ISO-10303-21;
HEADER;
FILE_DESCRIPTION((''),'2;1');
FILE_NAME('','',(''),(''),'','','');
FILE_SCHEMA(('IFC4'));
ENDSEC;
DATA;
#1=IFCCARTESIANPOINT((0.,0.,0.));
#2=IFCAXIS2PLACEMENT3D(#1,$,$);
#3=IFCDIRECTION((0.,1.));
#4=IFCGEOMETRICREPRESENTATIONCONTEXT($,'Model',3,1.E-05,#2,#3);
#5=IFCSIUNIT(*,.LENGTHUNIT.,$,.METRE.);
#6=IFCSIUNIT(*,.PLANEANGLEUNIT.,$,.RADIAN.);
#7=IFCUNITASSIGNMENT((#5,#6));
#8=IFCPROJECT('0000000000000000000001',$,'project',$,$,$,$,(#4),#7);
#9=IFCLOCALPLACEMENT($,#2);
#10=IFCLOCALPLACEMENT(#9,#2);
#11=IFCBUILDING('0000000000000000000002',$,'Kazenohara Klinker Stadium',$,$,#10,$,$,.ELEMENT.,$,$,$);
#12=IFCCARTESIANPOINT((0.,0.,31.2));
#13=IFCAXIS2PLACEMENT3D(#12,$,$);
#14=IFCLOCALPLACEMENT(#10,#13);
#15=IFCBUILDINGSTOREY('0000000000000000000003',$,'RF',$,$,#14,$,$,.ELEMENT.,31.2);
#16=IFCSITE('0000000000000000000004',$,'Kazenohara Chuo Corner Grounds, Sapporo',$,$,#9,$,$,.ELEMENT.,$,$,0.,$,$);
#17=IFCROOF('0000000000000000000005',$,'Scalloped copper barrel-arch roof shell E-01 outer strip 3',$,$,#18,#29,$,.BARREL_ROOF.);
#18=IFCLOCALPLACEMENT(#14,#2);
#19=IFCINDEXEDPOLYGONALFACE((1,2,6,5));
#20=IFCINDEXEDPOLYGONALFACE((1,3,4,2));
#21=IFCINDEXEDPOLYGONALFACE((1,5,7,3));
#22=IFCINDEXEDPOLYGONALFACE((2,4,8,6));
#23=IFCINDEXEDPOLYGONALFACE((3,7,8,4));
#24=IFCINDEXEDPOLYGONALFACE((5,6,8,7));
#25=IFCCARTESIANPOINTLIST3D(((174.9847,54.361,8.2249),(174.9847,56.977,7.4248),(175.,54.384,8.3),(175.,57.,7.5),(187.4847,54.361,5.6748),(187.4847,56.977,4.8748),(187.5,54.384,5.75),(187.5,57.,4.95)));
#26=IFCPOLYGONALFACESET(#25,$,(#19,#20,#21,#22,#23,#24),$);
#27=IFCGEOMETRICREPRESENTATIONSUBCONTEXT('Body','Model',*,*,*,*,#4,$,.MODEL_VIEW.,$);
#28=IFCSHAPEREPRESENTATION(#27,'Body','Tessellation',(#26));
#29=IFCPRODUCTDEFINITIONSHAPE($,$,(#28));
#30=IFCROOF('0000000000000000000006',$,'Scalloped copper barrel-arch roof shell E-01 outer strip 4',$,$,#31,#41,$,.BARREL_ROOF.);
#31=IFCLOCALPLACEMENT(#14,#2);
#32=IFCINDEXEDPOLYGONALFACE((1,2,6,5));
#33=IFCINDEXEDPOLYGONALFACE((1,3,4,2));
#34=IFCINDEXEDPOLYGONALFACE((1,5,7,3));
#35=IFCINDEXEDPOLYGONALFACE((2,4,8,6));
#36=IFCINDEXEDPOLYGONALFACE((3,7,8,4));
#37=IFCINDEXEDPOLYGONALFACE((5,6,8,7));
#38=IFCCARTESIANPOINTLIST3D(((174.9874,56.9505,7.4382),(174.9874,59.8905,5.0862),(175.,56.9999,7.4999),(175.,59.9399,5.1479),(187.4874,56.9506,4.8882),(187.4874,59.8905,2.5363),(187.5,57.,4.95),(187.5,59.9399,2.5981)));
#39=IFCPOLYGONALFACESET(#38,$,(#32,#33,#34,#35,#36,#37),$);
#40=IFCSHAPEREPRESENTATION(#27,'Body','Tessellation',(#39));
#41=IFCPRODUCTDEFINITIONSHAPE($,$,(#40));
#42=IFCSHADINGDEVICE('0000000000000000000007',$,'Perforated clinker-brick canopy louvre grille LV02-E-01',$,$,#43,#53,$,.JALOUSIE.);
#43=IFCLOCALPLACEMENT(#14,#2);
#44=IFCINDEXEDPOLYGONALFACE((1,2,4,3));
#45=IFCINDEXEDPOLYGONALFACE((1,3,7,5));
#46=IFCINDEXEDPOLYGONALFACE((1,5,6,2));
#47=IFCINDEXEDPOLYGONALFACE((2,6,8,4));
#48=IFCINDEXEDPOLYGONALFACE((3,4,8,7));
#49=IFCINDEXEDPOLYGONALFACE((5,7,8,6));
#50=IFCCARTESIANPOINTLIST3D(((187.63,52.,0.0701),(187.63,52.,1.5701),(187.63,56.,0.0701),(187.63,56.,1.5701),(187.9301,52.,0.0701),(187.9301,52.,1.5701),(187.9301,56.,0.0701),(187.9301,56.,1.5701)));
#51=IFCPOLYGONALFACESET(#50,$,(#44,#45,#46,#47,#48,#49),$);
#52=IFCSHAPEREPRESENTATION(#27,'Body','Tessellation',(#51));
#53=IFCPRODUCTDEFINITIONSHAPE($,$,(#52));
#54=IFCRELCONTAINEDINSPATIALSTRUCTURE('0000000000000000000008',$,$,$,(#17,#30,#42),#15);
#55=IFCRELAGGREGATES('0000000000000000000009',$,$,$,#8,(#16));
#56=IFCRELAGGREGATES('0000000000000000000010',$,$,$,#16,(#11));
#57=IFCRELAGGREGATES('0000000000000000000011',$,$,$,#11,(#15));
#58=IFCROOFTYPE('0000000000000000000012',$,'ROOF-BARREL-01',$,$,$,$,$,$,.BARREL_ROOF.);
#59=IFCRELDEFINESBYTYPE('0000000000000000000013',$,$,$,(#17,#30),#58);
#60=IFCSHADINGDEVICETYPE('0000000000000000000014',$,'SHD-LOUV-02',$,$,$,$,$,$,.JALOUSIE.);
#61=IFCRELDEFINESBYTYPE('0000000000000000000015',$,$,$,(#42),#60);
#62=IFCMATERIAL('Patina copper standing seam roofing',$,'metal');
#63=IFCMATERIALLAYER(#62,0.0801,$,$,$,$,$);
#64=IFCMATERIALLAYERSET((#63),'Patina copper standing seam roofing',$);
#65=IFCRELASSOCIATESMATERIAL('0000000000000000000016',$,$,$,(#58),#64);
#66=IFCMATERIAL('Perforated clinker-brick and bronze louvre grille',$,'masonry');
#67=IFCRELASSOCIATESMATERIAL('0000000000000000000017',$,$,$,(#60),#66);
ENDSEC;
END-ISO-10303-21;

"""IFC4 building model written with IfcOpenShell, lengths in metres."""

from ifc_helpers import new_model, si_unit, direction, frame, origin, origin_2d, place, context, subcontext, project, spatial, polyline, rectangle, outline, extrude, material, layer, layer_set, type_object, element, save


model = new_model("IFC4")

# Units and contexts
model_context = context("Model", 3, precision=1e-05, world=origin(), true_north=direction((0.0, 1.0)))
body_context = subcontext(model_context, "Body", "Model", "MODEL_VIEW")
ifc_project = project(units=[si_unit("LENGTHUNIT", "METRE"), si_unit("PLANEANGLEUNIT", "RADIAN")], contexts=[model_context])

# Site, building, storey
site_placement = place(None, origin())
site = spatial("IfcSite", under=ifc_project, at=site_placement, Name="Kazenohara Chuo Corner Grounds, Sapporo", CompositionType="ELEMENT", RefElevation=0.0)
building_placement = place(site_placement, origin())
building = spatial("IfcBuilding", under=site, at=building_placement, Name="Kazenohara Klinker Stadium", CompositionType="ELEMENT")
storey_placement = place(building_placement, frame((0.0, 0.0, 31.2)))
storey = spatial("IfcBuildingStorey", under=building, at=storey_placement, Name="RF", CompositionType="ELEMENT", Elevation=31.2)

# Roofs
ifc_material_1 = material(Name="Patina copper standing seam roofing", Category="metal")
ifc_layer_1 = layer(ifc_material_1, 0.0801)
ifc_layer_set_1 = layer_set([ifc_layer_1], Name="Patina copper standing seam roofing")
roof_type = type_object("IfcRoofType", Name="ROOF-BARREL-01", PredefinedType="BARREL_ROOF", material=ifc_layer_set_1)
roof_1_placement = place(storey_placement, frame((187.5, 54.384, 5.75), z_axis=(0.191475, 0.28705, 0.938584), x_axis=(-0.979819, 0.0, 0.199887)))
element("IfcRoof", 1, at=roof_1_placement, inside=storey, type_object=roof_type, Name="Scalloped copper barrel-arch roof shell E-01 outer strip 3", PredefinedType="BARREL_ROOF", context=body_context, shape_type="SweptSolid", body=[
    extrude(outline(polyline([(0.0, 0.0), (12.7575, 0.0), (12.5975, -2.7309), (-0.1599, -2.7309), (0.0, 0.0)])), origin(), (0.0, 0.0, -1.0), 0.0801),
])
roof_2_placement = place(storey_placement, frame((187.5, 57.0, 4.95), z_axis=(0.15731, 0.616913, 0.77115), x_axis=(-0.97982, -0.000005, 0.199881)))
element("IfcRoof", 2, at=roof_2_placement, inside=storey, type_object=roof_type, Name="Scalloped copper barrel-arch roof shell E-01 outer strip 4", PredefinedType="BARREL_ROOF", context=body_context, shape_type="SweptSolid", body=[
    extrude(outline(polyline([(0.0, 0.0), (12.7575, 0.0), (12.2873, -3.7356), (-0.4701, -3.7354), (0.0, 0.0)])), origin(), (0.0, 0.0, -1.0), 0.0801),
])

# Shading device
ifc_material_2 = material(Name="Perforated clinker-brick and bronze louvre grille", Category="masonry")
shading_device_type = type_object("IfcShadingDeviceType", Name="SHD-LOUV-02", PredefinedType="JALOUSIE", material=ifc_material_2)
shading_device_placement = place(storey_placement, frame((187.78, 54.0, 0.0701), z_axis=(0.0, 0.0, 1.0), x_axis=(0.0, 1.0, 0.0)))
element("IfcShadingDevice", 3, at=shading_device_placement, inside=storey, type_object=shading_device_type, Name="Perforated clinker-brick canopy louvre grille LV02-E-01", PredefinedType="JALOUSIE", context=body_context, shape_type="SweptSolid", body=[
    extrude(rectangle(XDim=4.0, YDim=0.3, at=origin_2d()), origin(), (0.0, 0.0, 1.0), 1.5),
])

save(model, "model.ifc")
